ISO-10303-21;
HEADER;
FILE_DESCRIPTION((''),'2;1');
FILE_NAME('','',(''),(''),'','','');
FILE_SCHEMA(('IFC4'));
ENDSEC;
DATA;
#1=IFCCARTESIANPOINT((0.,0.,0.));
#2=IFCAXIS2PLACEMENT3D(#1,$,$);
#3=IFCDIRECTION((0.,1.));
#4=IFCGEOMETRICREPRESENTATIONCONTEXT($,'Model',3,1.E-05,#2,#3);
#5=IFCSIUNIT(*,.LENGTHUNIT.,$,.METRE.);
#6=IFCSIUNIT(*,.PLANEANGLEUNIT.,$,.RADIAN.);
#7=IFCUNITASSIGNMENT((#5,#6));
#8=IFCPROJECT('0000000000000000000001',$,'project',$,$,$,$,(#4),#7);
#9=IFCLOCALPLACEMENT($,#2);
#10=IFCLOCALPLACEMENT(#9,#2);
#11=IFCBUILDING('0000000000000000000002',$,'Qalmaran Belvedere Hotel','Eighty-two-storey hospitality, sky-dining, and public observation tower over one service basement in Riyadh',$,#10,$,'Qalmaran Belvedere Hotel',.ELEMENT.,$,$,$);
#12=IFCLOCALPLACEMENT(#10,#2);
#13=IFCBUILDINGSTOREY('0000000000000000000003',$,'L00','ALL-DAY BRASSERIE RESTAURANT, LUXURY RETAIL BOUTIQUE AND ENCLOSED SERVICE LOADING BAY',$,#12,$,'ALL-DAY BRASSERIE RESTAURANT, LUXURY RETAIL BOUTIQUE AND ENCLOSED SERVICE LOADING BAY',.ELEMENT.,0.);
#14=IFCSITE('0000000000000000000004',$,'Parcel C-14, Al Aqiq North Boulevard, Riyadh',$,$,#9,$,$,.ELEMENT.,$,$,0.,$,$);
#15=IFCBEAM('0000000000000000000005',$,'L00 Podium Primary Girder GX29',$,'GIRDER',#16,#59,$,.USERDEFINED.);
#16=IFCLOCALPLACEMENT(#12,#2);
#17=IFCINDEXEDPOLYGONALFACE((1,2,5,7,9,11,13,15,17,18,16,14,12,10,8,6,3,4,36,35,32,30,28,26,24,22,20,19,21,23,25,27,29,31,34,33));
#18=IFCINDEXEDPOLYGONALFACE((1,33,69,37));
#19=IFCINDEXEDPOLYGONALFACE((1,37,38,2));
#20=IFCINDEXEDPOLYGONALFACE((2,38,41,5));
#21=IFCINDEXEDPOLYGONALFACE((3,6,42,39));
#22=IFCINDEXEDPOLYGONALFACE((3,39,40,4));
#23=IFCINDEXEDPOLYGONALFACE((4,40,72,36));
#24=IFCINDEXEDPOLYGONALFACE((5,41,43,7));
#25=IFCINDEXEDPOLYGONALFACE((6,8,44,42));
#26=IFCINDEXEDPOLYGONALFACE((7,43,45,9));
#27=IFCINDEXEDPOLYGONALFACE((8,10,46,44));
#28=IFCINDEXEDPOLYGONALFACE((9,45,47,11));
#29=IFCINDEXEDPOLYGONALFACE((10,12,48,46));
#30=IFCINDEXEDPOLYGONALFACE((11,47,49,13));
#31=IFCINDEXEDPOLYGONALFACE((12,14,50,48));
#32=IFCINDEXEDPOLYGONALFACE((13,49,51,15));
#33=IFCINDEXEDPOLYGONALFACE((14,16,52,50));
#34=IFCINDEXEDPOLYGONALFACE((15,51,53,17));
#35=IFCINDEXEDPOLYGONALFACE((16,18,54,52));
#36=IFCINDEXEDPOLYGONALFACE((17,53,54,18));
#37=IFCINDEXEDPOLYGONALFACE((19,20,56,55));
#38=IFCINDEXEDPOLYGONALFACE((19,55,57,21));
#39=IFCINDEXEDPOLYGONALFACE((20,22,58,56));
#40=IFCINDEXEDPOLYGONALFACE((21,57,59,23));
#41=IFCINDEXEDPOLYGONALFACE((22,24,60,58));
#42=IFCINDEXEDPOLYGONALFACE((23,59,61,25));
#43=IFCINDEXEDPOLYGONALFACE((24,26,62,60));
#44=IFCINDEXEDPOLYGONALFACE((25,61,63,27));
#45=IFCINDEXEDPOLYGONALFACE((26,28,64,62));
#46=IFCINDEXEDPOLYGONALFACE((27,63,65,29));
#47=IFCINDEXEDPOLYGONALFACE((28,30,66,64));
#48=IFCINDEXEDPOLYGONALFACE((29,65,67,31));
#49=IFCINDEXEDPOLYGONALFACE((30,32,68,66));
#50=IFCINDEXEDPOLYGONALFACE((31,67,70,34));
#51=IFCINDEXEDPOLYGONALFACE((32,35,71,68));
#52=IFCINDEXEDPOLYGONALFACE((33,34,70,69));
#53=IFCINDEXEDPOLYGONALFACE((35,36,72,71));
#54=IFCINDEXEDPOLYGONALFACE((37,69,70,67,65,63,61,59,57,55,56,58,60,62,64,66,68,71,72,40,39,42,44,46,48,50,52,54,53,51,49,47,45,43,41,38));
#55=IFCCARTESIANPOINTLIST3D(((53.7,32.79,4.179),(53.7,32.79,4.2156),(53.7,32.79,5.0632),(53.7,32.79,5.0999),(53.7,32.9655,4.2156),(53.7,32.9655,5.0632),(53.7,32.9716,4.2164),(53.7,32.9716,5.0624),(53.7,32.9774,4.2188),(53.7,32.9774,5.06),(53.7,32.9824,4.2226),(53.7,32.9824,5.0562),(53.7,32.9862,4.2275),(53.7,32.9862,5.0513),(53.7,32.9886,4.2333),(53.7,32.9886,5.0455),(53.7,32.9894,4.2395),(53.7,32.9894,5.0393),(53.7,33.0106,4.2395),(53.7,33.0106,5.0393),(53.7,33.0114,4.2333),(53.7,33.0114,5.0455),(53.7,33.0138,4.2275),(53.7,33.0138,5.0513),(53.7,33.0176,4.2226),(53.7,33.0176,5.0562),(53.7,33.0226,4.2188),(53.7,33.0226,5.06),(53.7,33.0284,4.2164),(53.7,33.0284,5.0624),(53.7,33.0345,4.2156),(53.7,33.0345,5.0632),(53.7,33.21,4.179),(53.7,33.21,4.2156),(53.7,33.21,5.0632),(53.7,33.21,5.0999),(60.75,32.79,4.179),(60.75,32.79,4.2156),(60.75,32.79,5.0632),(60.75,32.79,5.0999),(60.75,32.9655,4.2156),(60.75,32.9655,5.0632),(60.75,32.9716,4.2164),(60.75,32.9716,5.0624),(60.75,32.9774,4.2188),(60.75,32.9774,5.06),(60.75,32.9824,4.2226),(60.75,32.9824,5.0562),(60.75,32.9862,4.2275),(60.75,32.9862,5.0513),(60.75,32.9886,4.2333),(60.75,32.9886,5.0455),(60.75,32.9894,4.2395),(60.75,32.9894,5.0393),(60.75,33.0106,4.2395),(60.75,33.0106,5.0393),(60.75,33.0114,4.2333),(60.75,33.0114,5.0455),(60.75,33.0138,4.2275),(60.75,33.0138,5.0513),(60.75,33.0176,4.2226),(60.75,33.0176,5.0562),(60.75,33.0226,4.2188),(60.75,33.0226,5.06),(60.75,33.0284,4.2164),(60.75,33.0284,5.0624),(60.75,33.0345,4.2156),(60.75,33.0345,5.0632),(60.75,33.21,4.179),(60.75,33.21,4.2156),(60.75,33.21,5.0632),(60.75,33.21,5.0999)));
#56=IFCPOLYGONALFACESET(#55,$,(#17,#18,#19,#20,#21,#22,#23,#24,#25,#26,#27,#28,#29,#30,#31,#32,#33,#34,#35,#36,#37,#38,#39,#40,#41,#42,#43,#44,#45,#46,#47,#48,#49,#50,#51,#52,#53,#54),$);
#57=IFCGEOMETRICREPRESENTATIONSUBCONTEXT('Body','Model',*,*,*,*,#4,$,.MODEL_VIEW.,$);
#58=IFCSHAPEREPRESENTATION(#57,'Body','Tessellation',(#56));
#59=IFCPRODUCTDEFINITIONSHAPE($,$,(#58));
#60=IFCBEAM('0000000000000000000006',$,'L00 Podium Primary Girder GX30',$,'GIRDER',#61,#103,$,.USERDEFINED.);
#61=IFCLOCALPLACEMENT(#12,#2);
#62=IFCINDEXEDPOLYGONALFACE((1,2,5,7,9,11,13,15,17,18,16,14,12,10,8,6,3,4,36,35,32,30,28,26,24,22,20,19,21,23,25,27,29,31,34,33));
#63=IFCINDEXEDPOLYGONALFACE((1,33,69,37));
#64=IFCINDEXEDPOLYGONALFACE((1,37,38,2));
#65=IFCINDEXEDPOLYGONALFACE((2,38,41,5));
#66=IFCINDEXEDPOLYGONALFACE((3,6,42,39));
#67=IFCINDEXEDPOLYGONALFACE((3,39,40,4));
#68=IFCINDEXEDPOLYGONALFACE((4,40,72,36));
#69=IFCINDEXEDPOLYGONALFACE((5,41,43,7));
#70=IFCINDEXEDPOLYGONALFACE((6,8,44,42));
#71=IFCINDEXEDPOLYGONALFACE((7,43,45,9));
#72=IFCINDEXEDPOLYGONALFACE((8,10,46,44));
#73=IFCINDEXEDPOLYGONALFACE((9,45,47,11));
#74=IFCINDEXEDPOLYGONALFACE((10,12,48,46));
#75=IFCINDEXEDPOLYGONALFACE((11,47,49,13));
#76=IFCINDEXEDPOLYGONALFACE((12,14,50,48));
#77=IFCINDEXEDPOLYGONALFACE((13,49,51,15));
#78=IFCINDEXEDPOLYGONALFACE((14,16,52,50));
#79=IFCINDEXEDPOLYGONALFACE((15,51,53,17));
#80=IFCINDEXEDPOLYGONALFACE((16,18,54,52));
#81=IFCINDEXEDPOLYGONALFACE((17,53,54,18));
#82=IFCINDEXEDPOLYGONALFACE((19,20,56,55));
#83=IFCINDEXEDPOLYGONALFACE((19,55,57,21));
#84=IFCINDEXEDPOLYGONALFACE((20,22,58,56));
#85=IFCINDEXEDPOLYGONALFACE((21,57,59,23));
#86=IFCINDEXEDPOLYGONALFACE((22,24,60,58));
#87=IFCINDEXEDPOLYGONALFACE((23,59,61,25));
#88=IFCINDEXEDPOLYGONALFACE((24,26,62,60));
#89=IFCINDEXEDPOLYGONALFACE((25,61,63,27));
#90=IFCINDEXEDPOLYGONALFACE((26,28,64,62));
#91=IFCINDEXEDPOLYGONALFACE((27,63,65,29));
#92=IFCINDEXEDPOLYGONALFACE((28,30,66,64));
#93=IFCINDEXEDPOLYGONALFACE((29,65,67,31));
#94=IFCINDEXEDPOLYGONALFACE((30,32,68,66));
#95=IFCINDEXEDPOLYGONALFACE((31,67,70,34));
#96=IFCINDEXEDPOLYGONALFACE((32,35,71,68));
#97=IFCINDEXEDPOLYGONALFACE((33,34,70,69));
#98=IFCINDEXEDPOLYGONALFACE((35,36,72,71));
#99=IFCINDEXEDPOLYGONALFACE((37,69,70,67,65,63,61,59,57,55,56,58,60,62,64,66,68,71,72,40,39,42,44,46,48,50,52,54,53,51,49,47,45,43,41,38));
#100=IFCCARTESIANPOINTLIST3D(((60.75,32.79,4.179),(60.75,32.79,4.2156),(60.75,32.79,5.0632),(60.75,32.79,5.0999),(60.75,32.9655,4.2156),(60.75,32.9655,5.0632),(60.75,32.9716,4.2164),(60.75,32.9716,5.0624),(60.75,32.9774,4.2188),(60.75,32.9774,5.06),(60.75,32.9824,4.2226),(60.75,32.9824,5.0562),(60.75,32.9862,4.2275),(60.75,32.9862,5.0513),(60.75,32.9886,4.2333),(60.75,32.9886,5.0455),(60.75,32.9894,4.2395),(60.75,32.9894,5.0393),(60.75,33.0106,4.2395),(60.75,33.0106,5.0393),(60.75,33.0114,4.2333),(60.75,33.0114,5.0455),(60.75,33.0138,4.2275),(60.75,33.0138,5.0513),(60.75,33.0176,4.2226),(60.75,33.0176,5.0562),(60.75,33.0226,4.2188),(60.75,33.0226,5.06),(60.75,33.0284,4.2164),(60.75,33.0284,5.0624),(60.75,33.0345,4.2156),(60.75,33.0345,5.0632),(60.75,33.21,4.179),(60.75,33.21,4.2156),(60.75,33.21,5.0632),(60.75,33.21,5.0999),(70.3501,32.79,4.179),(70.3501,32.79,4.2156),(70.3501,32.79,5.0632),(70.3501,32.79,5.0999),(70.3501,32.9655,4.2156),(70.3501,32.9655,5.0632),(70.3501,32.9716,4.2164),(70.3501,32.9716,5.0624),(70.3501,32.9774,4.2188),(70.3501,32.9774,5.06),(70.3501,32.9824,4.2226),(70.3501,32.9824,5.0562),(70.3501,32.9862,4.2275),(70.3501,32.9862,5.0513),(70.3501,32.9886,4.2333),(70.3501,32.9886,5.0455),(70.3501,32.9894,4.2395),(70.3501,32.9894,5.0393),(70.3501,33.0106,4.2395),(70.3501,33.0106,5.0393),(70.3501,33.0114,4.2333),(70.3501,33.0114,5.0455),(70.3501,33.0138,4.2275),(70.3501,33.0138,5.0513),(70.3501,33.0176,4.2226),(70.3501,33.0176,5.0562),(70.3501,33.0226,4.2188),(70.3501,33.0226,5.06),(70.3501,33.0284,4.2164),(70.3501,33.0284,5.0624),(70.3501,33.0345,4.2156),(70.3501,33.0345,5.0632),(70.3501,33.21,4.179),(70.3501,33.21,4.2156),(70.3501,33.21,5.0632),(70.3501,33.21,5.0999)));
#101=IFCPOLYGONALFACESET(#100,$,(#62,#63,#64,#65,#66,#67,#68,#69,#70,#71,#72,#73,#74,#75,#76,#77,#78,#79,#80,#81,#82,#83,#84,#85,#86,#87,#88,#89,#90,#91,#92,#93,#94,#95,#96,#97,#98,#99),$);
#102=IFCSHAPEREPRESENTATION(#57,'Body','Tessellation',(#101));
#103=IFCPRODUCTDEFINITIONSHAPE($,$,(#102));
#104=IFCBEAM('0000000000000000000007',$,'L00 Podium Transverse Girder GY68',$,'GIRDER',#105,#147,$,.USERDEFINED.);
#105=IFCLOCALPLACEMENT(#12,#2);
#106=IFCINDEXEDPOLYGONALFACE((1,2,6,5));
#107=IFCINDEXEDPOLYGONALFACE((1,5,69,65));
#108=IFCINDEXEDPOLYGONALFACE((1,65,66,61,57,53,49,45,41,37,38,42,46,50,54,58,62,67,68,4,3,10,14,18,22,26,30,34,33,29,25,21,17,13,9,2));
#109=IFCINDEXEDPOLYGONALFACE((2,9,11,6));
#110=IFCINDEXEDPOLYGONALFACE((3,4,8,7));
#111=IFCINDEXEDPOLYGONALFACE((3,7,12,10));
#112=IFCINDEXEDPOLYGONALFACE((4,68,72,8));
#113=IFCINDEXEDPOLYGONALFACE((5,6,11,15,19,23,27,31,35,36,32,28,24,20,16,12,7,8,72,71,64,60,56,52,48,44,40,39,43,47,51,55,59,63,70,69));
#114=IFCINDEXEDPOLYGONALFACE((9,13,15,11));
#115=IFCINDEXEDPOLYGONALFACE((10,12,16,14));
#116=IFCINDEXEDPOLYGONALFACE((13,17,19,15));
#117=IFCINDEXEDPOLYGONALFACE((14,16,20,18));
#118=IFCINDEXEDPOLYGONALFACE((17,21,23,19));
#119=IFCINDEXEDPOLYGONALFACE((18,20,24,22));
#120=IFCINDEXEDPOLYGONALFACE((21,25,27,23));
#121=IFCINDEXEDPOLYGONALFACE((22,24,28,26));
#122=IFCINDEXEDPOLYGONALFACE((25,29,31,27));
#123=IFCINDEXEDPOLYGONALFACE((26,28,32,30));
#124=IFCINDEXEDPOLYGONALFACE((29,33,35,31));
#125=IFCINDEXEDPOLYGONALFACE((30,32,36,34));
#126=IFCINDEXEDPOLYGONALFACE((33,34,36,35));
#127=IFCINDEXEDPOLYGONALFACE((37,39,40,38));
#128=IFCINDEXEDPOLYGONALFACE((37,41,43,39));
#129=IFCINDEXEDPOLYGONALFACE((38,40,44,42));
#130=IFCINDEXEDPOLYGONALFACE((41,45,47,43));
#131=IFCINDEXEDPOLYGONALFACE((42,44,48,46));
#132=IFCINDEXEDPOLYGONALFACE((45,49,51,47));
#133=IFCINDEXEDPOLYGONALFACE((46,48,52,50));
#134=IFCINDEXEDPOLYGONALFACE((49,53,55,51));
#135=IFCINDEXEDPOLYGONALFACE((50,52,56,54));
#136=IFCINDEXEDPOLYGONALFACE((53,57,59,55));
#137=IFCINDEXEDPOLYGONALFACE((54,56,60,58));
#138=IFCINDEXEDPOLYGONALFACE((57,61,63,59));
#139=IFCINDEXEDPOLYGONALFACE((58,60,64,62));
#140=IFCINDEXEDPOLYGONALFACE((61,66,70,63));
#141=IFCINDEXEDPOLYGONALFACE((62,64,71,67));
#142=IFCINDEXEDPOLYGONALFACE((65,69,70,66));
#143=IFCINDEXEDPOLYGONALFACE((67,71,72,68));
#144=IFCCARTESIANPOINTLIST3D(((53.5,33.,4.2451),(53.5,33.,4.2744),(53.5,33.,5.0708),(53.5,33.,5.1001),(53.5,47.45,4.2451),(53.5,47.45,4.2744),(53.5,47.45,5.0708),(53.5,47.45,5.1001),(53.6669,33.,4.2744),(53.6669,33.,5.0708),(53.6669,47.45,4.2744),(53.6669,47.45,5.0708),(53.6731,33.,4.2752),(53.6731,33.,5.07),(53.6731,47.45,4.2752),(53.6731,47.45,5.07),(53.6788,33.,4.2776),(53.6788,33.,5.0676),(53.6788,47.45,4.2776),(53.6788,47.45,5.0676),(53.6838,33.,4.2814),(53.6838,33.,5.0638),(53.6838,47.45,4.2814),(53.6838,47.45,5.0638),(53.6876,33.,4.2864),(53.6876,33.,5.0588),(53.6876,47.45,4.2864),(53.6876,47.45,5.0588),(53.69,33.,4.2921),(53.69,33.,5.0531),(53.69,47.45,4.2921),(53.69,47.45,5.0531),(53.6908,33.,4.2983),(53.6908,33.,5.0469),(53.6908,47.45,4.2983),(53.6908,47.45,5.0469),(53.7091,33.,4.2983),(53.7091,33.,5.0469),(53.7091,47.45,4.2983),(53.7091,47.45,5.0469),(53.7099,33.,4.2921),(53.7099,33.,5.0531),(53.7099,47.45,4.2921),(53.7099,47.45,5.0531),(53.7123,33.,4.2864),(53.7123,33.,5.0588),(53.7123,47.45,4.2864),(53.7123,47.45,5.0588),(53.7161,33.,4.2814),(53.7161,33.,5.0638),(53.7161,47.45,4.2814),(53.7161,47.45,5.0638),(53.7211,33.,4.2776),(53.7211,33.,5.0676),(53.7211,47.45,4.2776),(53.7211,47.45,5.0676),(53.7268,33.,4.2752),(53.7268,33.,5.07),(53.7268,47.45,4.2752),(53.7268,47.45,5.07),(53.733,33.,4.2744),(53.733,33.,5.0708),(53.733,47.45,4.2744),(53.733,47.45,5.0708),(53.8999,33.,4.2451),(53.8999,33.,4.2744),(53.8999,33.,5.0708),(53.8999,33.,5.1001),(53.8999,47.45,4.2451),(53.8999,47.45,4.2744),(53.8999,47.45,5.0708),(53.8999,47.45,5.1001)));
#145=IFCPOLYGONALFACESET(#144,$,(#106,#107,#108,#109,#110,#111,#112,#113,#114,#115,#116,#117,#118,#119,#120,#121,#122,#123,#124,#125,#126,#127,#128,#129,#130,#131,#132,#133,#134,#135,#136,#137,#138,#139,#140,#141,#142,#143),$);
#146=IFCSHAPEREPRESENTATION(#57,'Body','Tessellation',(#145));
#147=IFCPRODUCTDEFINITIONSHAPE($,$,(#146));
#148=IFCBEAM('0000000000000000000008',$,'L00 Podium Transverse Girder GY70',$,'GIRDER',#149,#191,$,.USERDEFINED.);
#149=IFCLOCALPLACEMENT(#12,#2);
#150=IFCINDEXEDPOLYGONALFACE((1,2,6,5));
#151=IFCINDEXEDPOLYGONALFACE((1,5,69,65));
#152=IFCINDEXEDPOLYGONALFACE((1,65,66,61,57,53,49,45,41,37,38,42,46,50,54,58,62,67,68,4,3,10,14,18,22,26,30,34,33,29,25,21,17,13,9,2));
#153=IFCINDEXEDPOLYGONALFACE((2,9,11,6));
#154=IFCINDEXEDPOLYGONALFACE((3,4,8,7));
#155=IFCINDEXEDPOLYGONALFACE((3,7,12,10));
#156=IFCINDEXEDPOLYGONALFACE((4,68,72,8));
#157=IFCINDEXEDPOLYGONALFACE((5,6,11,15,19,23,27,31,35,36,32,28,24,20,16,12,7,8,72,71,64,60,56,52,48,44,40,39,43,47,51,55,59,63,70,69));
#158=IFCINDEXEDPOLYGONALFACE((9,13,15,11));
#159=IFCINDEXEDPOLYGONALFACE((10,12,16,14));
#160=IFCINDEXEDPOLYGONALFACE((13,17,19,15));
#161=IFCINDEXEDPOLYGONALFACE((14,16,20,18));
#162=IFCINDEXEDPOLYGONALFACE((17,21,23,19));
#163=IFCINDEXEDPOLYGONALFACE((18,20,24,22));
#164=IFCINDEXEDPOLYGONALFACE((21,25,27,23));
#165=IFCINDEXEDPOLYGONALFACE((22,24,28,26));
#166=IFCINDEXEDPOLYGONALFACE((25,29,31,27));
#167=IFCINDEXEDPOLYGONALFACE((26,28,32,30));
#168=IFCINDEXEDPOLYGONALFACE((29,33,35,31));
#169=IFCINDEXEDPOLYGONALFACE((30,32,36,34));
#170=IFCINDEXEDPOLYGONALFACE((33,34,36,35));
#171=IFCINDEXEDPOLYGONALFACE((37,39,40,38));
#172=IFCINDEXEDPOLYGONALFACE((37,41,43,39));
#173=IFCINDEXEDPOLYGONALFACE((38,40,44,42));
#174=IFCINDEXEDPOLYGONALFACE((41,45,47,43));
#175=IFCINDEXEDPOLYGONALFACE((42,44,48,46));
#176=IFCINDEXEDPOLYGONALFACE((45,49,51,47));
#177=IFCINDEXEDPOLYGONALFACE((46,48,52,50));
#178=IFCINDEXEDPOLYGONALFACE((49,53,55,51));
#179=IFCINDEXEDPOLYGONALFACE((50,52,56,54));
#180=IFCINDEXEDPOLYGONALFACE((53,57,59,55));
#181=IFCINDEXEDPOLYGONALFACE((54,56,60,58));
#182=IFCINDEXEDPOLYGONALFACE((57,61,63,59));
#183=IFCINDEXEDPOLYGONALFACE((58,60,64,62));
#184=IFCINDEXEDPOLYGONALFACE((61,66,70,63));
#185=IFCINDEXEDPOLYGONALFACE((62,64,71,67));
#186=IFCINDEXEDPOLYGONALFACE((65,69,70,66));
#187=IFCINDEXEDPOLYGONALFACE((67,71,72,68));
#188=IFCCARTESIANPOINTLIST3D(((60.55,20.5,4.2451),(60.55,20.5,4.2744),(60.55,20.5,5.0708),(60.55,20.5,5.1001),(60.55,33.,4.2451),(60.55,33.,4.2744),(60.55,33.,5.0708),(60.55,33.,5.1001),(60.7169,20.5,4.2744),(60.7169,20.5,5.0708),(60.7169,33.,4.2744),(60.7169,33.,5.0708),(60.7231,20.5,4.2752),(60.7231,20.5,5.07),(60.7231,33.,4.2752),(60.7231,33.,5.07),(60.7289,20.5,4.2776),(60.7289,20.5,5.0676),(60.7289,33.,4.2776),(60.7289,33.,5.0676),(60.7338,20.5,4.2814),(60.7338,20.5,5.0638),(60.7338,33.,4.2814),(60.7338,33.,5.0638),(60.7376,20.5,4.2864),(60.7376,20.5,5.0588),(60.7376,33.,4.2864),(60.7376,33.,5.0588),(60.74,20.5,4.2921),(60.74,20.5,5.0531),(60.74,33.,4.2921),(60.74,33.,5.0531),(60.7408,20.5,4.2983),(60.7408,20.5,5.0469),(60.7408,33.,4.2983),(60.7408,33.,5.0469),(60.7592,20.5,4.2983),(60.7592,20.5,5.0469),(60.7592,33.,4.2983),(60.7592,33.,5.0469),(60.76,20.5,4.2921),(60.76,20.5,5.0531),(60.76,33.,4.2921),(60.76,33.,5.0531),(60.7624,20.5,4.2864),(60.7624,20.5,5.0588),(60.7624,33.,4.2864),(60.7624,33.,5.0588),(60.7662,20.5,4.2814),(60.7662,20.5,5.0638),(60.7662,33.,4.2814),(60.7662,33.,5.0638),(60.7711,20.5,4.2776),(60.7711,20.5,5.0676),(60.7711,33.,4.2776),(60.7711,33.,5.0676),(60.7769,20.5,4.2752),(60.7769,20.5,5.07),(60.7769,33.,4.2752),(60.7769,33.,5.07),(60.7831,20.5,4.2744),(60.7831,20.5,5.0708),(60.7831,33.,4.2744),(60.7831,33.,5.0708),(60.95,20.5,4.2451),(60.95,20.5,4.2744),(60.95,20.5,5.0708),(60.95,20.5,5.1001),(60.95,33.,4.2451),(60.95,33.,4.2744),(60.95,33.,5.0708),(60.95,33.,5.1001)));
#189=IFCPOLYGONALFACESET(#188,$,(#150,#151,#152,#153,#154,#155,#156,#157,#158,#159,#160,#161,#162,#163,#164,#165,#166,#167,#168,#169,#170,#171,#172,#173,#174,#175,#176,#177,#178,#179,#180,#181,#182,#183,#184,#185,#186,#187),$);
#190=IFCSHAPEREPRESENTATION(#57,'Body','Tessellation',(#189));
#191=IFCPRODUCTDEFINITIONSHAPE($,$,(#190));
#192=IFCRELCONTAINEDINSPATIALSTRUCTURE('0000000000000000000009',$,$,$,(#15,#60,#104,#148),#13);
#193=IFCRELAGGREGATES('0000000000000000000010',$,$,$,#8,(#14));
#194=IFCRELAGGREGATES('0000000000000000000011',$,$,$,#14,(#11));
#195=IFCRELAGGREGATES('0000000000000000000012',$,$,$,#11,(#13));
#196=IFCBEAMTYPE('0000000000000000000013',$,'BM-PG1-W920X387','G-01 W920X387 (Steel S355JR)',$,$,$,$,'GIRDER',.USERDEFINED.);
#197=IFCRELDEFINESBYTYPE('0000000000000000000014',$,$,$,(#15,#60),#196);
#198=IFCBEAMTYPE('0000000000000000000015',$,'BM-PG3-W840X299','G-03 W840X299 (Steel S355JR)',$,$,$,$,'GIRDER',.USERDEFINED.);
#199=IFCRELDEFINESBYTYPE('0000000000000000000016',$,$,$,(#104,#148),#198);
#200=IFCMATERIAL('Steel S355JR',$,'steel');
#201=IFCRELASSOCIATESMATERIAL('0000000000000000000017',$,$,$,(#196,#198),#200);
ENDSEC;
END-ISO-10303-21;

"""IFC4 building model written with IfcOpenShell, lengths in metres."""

from ifc_helpers import new_model, si_unit, direction, frame, origin, origin_2d, place, context, subcontext, project, spatial, i_section, extrude, material, material_profile, profile_set, type_object, element, save


model = new_model("IFC4")

# Units and contexts
model_context = context("Model", 3, precision=1e-05, world=origin(), true_north=direction((0.0, 1.0)))
body_context = subcontext(model_context, "Body", "Model", "MODEL_VIEW")
ifc_project = project(units=[si_unit("LENGTHUNIT", "METRE"), si_unit("PLANEANGLEUNIT", "RADIAN")], contexts=[model_context])

# Site, building, storey
site_placement = place(None, origin())
site = spatial("IfcSite", under=ifc_project, at=site_placement, Name="Parcel C-14, Al Aqiq North Boulevard, Riyadh", CompositionType="ELEMENT", RefElevation=0.0)
building_placement = place(site_placement, origin())
building = spatial("IfcBuilding", under=site, at=building_placement, Name="Qalmaran Belvedere Hotel", Description="Eighty-two-storey hospitality, sky-dining, and public observation tower over one service basement in Riyadh", LongName="Qalmaran Belvedere Hotel", CompositionType="ELEMENT")
storey_placement = place(building_placement, origin())
storey = spatial("IfcBuildingStorey", under=building, at=storey_placement, Name="L00", Description="ALL-DAY BRASSERIE RESTAURANT, LUXURY RETAIL BOUTIQUE AND ENCLOSED SERVICE LOADING BAY", LongName="ALL-DAY BRASSERIE RESTAURANT, LUXURY RETAIL BOUTIQUE AND ENCLOSED SERVICE LOADING BAY", CompositionType="ELEMENT", Elevation=0.0)

# Beams
ifc_material_1 = material(Name="Steel S355JR", Category="steel")
ifc_material_profile_1 = material_profile(ifc_material_1, i_section(OverallWidth=0.4199, OverallDepth=0.9209, WebThickness=0.0212, FlangeThickness=0.0366, FilletRadius=0.0239, at=origin_2d()), Name="W920X387")
ifc_profile_set_1 = profile_set([ifc_material_profile_1], Name="Steel S355JR")
beam_type_1 = type_object("IfcBeamType", Name="BM-PG1-W920X387", Description="G-01 W920X387 (Steel S355JR)", ElementType="GIRDER", PredefinedType="USERDEFINED", material=ifc_profile_set_1)
beam_1_placement = place(storey_placement, frame((53.7, 33.0, 4.6394), z_axis=(1.0, 0.0, 0.0), x_axis=(0.0, 1.0, 0.0)))
element("IfcBeam", 1, at=beam_1_placement, inside=storey, type_object=beam_type_1, Name="L00 Podium Primary Girder GX29", ObjectType="GIRDER", PredefinedType="USERDEFINED", context=body_context, shape_type="SweptSolid", body=[
    extrude(i_section(OverallWidth=0.4199, OverallDepth=0.9209, WebThickness=0.0212, FlangeThickness=0.0366, FilletRadius=0.0239, at=origin_2d()), origin(), (0.0, 0.0, 1.0), 7.05),
])
beam_2_placement = place(storey_placement, frame((60.75, 33.0, 4.6394), z_axis=(1.0, 0.0, 0.0), x_axis=(0.0, 1.0, 0.0)))
element("IfcBeam", 2, at=beam_2_placement, inside=storey, type_object=beam_type_1, Name="L00 Podium Primary Girder GX30", ObjectType="GIRDER", PredefinedType="USERDEFINED", context=body_context, shape_type="SweptSolid", body=[
    extrude(i_section(OverallWidth=0.4199, OverallDepth=0.9209, WebThickness=0.0212, FlangeThickness=0.0366, FilletRadius=0.0239, at=origin_2d()), origin(), (0.0, 0.0, 1.0), 9.6001),
])
ifc_material_profile_2 = material_profile(ifc_material_1, i_section(OverallWidth=0.3999, OverallDepth=0.855, WebThickness=0.0183, FlangeThickness=0.0293, FilletRadius=0.0239, at=origin_2d()), Name="W840X299")
ifc_profile_set_2 = profile_set([ifc_material_profile_2], Name="Steel S355JR")
beam_type_2 = type_object("IfcBeamType", Name="BM-PG3-W840X299", Description="G-03 W840X299 (Steel S355JR)", ElementType="GIRDER", PredefinedType="USERDEFINED", material=ifc_profile_set_2)
beam_3_placement = place(storey_placement, frame((53.7, 33.0, 4.6726), z_axis=(0.0, 1.0, 0.0), x_axis=(-1.0, 0.0, 0.0)))
element("IfcBeam", 3, at=beam_3_placement, inside=storey, type_object=beam_type_2, Name="L00 Podium Transverse Girder GY68", ObjectType="GIRDER", PredefinedType="USERDEFINED", context=body_context, shape_type="SweptSolid", body=[
    extrude(i_section(OverallWidth=0.3999, OverallDepth=0.855, WebThickness=0.0183, FlangeThickness=0.0293, FilletRadius=0.0239, at=origin_2d()), origin(), (0.0, 0.0, 1.0), 14.45),
])
beam_4_placement = place(storey_placement, frame((60.75, 20.5, 4.6726), z_axis=(0.0, 1.0, 0.0), x_axis=(-1.0, 0.0, 0.0)))
element("IfcBeam", 4, at=beam_4_placement, inside=storey, type_object=beam_type_2, Name="L00 Podium Transverse Girder GY70", ObjectType="GIRDER", PredefinedType="USERDEFINED", context=body_context, shape_type="SweptSolid", body=[
    extrude(i_section(OverallWidth=0.3999, OverallDepth=0.855, WebThickness=0.0183, FlangeThickness=0.0293, FilletRadius=0.0239, at=origin_2d()), origin(), (0.0, 0.0, 1.0), 12.5),
])

save(model, "model.ifc")
